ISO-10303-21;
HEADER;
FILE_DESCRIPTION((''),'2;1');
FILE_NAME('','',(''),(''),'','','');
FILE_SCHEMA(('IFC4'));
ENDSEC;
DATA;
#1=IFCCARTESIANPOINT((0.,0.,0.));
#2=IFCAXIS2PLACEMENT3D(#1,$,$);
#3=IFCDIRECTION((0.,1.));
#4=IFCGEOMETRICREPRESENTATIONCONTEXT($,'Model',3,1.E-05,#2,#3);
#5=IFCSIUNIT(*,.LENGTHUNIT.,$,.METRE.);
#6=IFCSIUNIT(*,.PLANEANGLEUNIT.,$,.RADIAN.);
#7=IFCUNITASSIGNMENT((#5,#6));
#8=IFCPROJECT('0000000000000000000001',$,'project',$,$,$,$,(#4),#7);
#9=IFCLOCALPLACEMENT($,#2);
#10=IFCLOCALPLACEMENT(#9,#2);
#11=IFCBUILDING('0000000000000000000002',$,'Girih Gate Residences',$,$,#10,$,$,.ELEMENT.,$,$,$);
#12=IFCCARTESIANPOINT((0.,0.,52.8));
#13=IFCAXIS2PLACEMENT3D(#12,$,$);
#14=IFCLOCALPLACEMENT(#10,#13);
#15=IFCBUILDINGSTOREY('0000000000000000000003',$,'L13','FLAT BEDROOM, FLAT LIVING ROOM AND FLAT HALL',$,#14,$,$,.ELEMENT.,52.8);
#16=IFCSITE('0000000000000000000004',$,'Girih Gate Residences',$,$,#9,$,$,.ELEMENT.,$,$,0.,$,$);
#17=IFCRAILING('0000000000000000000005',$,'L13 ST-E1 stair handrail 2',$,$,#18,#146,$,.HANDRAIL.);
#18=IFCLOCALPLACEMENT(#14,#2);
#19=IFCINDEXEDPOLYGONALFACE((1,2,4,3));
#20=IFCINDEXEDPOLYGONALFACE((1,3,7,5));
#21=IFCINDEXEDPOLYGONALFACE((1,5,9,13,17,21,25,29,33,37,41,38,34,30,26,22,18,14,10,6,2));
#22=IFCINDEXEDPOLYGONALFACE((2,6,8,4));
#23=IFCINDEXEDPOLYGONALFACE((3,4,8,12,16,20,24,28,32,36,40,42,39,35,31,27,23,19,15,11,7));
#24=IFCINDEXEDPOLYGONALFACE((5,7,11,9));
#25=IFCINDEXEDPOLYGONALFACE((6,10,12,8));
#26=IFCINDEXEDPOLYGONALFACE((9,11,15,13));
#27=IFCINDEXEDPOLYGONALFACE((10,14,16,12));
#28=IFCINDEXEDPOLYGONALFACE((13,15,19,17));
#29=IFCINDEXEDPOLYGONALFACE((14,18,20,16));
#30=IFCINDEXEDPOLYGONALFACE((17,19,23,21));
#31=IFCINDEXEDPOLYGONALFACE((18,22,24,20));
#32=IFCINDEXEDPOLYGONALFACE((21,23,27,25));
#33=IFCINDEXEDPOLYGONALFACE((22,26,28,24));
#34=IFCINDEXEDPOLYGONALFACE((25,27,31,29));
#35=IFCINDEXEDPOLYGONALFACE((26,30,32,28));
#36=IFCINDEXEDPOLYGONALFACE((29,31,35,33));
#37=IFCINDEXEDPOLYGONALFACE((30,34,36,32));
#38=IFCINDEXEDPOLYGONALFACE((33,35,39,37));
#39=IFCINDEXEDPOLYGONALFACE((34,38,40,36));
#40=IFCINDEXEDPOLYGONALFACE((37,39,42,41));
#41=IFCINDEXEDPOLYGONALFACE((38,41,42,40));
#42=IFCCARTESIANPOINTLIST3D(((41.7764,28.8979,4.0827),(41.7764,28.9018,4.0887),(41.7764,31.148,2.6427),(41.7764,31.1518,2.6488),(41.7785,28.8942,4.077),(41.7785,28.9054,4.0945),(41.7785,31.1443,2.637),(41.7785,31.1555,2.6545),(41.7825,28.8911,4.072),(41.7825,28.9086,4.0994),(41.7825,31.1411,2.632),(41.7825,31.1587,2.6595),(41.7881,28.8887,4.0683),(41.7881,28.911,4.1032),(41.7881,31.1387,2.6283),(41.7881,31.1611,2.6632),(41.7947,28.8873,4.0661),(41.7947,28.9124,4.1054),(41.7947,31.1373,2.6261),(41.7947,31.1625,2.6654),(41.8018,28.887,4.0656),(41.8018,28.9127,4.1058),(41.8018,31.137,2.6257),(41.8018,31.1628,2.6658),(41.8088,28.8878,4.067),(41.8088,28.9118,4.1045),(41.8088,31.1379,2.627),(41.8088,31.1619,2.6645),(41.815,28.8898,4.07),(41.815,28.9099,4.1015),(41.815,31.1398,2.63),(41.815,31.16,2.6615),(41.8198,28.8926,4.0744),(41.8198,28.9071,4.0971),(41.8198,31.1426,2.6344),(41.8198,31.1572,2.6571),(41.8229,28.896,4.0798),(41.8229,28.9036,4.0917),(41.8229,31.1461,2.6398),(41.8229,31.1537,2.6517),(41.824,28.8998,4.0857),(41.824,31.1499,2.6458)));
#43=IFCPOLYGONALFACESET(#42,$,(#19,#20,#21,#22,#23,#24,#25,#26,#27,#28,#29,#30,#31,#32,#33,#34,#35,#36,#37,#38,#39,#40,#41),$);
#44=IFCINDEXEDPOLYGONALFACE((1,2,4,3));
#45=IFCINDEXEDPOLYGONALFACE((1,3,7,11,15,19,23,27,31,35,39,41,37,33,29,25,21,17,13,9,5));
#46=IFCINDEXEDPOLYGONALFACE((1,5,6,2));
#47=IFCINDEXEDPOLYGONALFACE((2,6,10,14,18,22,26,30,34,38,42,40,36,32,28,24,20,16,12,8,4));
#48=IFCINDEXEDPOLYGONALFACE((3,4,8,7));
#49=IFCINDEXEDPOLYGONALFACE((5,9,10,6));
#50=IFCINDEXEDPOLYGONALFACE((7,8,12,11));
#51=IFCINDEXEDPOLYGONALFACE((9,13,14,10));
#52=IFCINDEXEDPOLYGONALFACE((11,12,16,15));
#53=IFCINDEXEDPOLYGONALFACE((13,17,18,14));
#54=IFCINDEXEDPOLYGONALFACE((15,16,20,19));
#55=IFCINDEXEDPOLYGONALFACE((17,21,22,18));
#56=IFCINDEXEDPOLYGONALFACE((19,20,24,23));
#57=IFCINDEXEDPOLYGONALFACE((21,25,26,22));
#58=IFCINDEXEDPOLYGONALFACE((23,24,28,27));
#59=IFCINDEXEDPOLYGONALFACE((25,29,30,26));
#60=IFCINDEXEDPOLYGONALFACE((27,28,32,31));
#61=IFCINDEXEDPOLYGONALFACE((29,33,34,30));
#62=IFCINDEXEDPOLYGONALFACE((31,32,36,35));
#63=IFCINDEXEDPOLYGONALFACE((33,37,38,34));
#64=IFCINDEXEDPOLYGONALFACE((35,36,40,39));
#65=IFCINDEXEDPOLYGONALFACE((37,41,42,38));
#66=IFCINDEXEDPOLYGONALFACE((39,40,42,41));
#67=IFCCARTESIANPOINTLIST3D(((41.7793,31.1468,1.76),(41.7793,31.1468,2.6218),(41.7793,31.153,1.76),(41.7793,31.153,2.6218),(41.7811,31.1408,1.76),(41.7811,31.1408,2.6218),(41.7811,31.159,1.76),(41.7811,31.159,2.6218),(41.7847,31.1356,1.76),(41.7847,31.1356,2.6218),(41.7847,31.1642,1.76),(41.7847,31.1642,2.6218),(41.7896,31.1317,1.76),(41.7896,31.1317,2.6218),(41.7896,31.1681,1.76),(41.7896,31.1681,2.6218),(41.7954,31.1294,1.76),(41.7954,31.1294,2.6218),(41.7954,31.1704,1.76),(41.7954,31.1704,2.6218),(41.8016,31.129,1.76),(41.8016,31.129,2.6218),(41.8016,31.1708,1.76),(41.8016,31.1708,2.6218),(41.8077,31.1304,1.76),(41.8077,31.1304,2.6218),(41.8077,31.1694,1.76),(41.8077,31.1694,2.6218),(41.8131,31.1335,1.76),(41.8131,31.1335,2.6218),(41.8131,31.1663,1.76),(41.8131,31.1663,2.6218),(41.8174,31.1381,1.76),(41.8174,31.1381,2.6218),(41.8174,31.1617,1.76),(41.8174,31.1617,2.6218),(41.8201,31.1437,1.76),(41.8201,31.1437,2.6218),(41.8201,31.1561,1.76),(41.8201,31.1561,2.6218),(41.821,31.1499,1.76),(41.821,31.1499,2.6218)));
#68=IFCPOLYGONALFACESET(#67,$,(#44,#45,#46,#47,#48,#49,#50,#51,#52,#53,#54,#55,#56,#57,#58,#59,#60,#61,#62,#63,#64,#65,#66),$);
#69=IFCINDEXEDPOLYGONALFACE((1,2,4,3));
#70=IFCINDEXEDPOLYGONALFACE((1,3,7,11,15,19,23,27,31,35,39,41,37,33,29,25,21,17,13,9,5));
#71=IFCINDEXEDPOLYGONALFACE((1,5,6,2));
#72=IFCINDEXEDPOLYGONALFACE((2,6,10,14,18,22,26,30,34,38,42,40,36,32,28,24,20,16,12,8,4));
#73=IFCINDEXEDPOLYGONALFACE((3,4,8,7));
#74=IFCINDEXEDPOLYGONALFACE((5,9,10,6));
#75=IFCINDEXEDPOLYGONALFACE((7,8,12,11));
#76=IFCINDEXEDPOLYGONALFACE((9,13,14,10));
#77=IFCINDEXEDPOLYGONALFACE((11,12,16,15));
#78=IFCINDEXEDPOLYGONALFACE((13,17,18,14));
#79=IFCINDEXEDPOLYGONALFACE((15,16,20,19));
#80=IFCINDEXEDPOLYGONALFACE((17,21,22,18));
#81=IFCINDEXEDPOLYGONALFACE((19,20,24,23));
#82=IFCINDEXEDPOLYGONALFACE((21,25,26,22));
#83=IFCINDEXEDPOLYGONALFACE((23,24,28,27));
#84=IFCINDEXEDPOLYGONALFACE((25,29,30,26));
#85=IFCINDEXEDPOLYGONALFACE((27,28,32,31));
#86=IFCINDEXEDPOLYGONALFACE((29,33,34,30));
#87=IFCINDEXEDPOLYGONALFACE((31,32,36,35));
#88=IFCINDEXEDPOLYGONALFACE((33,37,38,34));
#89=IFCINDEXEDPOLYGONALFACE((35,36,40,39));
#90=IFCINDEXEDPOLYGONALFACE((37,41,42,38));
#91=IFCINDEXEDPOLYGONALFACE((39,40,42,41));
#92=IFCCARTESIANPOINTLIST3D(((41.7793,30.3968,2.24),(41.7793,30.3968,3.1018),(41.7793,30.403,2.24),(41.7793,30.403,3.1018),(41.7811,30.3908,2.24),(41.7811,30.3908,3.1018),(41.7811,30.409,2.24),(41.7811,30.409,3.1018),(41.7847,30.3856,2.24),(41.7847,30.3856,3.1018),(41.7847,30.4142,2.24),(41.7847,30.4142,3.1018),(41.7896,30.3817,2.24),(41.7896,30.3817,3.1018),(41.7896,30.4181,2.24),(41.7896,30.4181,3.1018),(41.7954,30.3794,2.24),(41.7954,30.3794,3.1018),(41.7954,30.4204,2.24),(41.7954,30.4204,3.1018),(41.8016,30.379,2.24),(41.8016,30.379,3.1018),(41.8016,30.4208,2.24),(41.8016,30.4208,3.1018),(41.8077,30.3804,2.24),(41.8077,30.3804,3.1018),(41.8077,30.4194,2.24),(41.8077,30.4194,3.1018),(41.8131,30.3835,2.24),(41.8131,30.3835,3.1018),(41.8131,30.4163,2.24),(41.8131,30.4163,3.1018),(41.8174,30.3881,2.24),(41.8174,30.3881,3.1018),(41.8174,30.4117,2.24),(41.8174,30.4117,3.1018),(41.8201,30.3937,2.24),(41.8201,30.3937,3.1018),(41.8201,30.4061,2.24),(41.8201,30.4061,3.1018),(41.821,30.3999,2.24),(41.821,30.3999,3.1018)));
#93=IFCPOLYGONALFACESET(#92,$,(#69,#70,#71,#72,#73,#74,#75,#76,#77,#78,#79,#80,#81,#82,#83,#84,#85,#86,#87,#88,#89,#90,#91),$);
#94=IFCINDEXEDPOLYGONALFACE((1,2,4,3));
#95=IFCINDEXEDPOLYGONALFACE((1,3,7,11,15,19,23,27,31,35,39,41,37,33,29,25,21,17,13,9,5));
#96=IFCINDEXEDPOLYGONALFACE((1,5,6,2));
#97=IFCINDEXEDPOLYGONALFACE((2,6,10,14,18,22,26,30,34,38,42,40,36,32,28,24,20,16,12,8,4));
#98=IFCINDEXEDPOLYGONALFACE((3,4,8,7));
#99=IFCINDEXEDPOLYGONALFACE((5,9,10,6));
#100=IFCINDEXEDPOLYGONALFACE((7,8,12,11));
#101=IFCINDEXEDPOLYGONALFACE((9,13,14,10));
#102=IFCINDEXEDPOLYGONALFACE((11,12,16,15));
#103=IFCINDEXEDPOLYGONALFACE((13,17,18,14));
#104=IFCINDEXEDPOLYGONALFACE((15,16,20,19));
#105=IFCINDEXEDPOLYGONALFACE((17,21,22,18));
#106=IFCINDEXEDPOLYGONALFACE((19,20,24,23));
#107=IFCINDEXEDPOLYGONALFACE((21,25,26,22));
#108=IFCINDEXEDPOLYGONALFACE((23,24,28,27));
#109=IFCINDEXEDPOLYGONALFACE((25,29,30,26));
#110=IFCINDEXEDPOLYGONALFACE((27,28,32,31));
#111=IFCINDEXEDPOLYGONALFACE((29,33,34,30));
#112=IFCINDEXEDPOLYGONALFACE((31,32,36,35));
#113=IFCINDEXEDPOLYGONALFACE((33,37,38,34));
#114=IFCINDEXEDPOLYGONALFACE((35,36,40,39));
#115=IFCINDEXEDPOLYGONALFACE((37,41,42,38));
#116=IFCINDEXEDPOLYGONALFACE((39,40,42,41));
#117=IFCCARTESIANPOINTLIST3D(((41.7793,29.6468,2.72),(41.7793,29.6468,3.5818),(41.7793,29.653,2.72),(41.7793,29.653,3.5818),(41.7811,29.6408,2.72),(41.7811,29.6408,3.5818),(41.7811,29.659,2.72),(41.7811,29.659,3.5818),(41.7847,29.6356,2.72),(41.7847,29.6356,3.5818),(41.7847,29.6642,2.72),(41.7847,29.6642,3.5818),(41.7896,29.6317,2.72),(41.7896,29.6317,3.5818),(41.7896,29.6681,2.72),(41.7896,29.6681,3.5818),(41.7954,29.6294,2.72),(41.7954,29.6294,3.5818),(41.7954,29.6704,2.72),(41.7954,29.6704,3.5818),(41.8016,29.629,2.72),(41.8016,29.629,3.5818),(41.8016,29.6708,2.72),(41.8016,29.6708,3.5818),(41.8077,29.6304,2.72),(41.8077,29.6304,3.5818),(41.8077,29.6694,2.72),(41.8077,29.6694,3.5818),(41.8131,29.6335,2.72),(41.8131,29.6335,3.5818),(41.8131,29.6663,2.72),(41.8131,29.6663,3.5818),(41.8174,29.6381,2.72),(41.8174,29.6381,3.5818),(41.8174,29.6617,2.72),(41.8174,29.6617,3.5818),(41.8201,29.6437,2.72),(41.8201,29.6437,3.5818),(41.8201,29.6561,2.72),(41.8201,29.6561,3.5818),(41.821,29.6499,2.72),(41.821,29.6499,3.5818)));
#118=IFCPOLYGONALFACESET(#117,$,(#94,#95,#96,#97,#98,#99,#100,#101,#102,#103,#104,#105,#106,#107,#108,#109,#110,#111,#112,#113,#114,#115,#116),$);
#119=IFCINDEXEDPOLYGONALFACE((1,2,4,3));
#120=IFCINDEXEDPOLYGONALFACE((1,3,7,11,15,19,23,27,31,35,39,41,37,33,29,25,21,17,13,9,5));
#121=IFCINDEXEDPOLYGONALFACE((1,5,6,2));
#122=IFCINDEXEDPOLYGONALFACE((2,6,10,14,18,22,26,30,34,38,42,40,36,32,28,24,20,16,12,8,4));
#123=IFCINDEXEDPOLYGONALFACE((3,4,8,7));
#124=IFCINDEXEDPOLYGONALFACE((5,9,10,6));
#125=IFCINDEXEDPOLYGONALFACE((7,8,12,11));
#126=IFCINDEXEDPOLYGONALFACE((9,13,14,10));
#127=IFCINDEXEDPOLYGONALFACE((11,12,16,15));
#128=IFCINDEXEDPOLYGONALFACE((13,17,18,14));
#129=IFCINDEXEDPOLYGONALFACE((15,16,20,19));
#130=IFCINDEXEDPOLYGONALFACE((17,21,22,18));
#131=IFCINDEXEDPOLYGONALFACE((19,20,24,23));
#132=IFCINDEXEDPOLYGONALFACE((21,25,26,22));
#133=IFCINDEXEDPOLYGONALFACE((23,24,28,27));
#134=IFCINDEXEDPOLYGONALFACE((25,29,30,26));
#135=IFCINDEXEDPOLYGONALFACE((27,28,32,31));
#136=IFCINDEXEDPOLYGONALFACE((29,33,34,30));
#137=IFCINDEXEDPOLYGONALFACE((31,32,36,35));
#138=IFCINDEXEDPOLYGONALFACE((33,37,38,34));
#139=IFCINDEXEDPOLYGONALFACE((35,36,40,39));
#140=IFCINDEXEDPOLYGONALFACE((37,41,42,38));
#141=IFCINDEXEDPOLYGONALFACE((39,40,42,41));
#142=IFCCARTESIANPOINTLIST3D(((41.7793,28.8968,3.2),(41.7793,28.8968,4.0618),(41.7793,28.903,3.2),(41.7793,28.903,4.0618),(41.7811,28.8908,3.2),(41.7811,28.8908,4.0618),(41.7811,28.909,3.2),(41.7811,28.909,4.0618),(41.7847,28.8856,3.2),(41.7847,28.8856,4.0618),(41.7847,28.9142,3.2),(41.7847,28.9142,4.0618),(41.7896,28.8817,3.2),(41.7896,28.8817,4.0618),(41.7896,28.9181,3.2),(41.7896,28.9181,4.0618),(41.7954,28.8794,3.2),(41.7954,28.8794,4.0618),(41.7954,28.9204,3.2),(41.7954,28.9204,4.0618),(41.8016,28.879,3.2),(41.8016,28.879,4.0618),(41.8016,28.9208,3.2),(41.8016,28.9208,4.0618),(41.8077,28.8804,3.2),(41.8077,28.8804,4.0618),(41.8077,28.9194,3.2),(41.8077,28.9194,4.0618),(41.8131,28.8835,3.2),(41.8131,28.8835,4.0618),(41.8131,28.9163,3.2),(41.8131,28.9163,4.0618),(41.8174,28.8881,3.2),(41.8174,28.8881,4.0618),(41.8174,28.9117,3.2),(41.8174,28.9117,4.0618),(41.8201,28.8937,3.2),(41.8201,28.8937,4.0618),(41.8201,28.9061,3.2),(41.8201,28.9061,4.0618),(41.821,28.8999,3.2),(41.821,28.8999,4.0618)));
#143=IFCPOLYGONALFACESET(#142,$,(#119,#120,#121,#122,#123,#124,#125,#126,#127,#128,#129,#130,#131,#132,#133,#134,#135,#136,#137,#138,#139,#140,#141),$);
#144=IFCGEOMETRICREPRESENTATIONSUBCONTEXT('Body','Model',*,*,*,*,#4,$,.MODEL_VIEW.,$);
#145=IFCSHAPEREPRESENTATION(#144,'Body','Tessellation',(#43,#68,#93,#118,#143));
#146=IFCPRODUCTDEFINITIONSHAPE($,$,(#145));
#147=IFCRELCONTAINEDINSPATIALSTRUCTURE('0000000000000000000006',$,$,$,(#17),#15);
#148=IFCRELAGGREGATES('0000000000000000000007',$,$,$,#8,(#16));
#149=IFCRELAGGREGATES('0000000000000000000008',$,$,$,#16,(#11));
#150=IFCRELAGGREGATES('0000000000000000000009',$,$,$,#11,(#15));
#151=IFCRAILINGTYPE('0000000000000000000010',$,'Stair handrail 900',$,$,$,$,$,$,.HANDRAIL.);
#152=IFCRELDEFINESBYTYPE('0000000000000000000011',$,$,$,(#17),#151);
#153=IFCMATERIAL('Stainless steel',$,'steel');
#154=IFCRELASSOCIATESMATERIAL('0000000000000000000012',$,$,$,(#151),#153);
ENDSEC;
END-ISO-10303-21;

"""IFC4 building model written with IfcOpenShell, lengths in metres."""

from ifc_helpers import new_model, si_unit, direction, frame, origin, origin_2d, place, context, subcontext, project, spatial, circle, extrude, material, type_object, element, save


model = new_model("IFC4")

# Units and contexts
model_context = context("Model", 3, precision=1e-05, world=origin(), true_north=direction((0.0, 1.0)))
body_context = subcontext(model_context, "Body", "Model", "MODEL_VIEW")
ifc_project = project(units=[si_unit("LENGTHUNIT", "METRE"), si_unit("PLANEANGLEUNIT", "RADIAN")], contexts=[model_context])

# Site, building, storey
site_placement = place(None, origin())
site = spatial("IfcSite", under=ifc_project, at=site_placement, Name="Girih Gate Residences", CompositionType="ELEMENT", RefElevation=0.0)
building_placement = place(site_placement, origin())
building = spatial("IfcBuilding", under=site, at=building_placement, Name="Girih Gate Residences", CompositionType="ELEMENT")
storey_placement = place(building_placement, frame((0.0, 0.0, 52.8)))
storey = spatial("IfcBuildingStorey", under=building, at=storey_placement, Name="L13", Description="FLAT BEDROOM, FLAT LIVING ROOM AND FLAT HALL", CompositionType="ELEMENT", Elevation=52.8)

# Railing
ifc_material_1 = material(Name="Stainless steel", Category="steel")
railing_type_1 = type_object("IfcRailingType", Name="Stair handrail 900", PredefinedType="HANDRAIL", material=ifc_material_1)
railing_1_placement = place(storey_placement, frame((41.8, 31.1499, 1.76)))
element("IfcRailing", 1, at=railing_1_placement, inside=storey, type_object=railing_type_1, Name="L13 ST-E1 stair handrail 2", PredefinedType="HANDRAIL", context=body_context, shape_type="SweptSolid", body=[
    extrude(circle(Radius=0.0239, at=origin_2d()), frame((0.0, 0.0, 0.8857), z_axis=(0.0, -0.842281, 0.539038), x_axis=(1.0, 0.0, 0.0)), (0.0, 0.0, 1.0), 2.6714),
    extrude(circle(Radius=0.021, at=origin_2d()), origin(), (0.0, 0.0, 1.0), 0.8618),
    extrude(circle(Radius=0.021, at=origin_2d()), frame((0.0, -0.75, 0.48)), (0.0, 0.0, 1.0), 0.8618),
    extrude(circle(Radius=0.021, at=origin_2d()), frame((0.0, -1.5, 0.96)), (0.0, 0.0, 1.0), 0.8618),
    extrude(circle(Radius=0.021, at=origin_2d()), frame((0.0, -2.25, 1.4399)), (0.0, 0.0, 1.0), 0.8618),
])

save(model, "model.ifc")
